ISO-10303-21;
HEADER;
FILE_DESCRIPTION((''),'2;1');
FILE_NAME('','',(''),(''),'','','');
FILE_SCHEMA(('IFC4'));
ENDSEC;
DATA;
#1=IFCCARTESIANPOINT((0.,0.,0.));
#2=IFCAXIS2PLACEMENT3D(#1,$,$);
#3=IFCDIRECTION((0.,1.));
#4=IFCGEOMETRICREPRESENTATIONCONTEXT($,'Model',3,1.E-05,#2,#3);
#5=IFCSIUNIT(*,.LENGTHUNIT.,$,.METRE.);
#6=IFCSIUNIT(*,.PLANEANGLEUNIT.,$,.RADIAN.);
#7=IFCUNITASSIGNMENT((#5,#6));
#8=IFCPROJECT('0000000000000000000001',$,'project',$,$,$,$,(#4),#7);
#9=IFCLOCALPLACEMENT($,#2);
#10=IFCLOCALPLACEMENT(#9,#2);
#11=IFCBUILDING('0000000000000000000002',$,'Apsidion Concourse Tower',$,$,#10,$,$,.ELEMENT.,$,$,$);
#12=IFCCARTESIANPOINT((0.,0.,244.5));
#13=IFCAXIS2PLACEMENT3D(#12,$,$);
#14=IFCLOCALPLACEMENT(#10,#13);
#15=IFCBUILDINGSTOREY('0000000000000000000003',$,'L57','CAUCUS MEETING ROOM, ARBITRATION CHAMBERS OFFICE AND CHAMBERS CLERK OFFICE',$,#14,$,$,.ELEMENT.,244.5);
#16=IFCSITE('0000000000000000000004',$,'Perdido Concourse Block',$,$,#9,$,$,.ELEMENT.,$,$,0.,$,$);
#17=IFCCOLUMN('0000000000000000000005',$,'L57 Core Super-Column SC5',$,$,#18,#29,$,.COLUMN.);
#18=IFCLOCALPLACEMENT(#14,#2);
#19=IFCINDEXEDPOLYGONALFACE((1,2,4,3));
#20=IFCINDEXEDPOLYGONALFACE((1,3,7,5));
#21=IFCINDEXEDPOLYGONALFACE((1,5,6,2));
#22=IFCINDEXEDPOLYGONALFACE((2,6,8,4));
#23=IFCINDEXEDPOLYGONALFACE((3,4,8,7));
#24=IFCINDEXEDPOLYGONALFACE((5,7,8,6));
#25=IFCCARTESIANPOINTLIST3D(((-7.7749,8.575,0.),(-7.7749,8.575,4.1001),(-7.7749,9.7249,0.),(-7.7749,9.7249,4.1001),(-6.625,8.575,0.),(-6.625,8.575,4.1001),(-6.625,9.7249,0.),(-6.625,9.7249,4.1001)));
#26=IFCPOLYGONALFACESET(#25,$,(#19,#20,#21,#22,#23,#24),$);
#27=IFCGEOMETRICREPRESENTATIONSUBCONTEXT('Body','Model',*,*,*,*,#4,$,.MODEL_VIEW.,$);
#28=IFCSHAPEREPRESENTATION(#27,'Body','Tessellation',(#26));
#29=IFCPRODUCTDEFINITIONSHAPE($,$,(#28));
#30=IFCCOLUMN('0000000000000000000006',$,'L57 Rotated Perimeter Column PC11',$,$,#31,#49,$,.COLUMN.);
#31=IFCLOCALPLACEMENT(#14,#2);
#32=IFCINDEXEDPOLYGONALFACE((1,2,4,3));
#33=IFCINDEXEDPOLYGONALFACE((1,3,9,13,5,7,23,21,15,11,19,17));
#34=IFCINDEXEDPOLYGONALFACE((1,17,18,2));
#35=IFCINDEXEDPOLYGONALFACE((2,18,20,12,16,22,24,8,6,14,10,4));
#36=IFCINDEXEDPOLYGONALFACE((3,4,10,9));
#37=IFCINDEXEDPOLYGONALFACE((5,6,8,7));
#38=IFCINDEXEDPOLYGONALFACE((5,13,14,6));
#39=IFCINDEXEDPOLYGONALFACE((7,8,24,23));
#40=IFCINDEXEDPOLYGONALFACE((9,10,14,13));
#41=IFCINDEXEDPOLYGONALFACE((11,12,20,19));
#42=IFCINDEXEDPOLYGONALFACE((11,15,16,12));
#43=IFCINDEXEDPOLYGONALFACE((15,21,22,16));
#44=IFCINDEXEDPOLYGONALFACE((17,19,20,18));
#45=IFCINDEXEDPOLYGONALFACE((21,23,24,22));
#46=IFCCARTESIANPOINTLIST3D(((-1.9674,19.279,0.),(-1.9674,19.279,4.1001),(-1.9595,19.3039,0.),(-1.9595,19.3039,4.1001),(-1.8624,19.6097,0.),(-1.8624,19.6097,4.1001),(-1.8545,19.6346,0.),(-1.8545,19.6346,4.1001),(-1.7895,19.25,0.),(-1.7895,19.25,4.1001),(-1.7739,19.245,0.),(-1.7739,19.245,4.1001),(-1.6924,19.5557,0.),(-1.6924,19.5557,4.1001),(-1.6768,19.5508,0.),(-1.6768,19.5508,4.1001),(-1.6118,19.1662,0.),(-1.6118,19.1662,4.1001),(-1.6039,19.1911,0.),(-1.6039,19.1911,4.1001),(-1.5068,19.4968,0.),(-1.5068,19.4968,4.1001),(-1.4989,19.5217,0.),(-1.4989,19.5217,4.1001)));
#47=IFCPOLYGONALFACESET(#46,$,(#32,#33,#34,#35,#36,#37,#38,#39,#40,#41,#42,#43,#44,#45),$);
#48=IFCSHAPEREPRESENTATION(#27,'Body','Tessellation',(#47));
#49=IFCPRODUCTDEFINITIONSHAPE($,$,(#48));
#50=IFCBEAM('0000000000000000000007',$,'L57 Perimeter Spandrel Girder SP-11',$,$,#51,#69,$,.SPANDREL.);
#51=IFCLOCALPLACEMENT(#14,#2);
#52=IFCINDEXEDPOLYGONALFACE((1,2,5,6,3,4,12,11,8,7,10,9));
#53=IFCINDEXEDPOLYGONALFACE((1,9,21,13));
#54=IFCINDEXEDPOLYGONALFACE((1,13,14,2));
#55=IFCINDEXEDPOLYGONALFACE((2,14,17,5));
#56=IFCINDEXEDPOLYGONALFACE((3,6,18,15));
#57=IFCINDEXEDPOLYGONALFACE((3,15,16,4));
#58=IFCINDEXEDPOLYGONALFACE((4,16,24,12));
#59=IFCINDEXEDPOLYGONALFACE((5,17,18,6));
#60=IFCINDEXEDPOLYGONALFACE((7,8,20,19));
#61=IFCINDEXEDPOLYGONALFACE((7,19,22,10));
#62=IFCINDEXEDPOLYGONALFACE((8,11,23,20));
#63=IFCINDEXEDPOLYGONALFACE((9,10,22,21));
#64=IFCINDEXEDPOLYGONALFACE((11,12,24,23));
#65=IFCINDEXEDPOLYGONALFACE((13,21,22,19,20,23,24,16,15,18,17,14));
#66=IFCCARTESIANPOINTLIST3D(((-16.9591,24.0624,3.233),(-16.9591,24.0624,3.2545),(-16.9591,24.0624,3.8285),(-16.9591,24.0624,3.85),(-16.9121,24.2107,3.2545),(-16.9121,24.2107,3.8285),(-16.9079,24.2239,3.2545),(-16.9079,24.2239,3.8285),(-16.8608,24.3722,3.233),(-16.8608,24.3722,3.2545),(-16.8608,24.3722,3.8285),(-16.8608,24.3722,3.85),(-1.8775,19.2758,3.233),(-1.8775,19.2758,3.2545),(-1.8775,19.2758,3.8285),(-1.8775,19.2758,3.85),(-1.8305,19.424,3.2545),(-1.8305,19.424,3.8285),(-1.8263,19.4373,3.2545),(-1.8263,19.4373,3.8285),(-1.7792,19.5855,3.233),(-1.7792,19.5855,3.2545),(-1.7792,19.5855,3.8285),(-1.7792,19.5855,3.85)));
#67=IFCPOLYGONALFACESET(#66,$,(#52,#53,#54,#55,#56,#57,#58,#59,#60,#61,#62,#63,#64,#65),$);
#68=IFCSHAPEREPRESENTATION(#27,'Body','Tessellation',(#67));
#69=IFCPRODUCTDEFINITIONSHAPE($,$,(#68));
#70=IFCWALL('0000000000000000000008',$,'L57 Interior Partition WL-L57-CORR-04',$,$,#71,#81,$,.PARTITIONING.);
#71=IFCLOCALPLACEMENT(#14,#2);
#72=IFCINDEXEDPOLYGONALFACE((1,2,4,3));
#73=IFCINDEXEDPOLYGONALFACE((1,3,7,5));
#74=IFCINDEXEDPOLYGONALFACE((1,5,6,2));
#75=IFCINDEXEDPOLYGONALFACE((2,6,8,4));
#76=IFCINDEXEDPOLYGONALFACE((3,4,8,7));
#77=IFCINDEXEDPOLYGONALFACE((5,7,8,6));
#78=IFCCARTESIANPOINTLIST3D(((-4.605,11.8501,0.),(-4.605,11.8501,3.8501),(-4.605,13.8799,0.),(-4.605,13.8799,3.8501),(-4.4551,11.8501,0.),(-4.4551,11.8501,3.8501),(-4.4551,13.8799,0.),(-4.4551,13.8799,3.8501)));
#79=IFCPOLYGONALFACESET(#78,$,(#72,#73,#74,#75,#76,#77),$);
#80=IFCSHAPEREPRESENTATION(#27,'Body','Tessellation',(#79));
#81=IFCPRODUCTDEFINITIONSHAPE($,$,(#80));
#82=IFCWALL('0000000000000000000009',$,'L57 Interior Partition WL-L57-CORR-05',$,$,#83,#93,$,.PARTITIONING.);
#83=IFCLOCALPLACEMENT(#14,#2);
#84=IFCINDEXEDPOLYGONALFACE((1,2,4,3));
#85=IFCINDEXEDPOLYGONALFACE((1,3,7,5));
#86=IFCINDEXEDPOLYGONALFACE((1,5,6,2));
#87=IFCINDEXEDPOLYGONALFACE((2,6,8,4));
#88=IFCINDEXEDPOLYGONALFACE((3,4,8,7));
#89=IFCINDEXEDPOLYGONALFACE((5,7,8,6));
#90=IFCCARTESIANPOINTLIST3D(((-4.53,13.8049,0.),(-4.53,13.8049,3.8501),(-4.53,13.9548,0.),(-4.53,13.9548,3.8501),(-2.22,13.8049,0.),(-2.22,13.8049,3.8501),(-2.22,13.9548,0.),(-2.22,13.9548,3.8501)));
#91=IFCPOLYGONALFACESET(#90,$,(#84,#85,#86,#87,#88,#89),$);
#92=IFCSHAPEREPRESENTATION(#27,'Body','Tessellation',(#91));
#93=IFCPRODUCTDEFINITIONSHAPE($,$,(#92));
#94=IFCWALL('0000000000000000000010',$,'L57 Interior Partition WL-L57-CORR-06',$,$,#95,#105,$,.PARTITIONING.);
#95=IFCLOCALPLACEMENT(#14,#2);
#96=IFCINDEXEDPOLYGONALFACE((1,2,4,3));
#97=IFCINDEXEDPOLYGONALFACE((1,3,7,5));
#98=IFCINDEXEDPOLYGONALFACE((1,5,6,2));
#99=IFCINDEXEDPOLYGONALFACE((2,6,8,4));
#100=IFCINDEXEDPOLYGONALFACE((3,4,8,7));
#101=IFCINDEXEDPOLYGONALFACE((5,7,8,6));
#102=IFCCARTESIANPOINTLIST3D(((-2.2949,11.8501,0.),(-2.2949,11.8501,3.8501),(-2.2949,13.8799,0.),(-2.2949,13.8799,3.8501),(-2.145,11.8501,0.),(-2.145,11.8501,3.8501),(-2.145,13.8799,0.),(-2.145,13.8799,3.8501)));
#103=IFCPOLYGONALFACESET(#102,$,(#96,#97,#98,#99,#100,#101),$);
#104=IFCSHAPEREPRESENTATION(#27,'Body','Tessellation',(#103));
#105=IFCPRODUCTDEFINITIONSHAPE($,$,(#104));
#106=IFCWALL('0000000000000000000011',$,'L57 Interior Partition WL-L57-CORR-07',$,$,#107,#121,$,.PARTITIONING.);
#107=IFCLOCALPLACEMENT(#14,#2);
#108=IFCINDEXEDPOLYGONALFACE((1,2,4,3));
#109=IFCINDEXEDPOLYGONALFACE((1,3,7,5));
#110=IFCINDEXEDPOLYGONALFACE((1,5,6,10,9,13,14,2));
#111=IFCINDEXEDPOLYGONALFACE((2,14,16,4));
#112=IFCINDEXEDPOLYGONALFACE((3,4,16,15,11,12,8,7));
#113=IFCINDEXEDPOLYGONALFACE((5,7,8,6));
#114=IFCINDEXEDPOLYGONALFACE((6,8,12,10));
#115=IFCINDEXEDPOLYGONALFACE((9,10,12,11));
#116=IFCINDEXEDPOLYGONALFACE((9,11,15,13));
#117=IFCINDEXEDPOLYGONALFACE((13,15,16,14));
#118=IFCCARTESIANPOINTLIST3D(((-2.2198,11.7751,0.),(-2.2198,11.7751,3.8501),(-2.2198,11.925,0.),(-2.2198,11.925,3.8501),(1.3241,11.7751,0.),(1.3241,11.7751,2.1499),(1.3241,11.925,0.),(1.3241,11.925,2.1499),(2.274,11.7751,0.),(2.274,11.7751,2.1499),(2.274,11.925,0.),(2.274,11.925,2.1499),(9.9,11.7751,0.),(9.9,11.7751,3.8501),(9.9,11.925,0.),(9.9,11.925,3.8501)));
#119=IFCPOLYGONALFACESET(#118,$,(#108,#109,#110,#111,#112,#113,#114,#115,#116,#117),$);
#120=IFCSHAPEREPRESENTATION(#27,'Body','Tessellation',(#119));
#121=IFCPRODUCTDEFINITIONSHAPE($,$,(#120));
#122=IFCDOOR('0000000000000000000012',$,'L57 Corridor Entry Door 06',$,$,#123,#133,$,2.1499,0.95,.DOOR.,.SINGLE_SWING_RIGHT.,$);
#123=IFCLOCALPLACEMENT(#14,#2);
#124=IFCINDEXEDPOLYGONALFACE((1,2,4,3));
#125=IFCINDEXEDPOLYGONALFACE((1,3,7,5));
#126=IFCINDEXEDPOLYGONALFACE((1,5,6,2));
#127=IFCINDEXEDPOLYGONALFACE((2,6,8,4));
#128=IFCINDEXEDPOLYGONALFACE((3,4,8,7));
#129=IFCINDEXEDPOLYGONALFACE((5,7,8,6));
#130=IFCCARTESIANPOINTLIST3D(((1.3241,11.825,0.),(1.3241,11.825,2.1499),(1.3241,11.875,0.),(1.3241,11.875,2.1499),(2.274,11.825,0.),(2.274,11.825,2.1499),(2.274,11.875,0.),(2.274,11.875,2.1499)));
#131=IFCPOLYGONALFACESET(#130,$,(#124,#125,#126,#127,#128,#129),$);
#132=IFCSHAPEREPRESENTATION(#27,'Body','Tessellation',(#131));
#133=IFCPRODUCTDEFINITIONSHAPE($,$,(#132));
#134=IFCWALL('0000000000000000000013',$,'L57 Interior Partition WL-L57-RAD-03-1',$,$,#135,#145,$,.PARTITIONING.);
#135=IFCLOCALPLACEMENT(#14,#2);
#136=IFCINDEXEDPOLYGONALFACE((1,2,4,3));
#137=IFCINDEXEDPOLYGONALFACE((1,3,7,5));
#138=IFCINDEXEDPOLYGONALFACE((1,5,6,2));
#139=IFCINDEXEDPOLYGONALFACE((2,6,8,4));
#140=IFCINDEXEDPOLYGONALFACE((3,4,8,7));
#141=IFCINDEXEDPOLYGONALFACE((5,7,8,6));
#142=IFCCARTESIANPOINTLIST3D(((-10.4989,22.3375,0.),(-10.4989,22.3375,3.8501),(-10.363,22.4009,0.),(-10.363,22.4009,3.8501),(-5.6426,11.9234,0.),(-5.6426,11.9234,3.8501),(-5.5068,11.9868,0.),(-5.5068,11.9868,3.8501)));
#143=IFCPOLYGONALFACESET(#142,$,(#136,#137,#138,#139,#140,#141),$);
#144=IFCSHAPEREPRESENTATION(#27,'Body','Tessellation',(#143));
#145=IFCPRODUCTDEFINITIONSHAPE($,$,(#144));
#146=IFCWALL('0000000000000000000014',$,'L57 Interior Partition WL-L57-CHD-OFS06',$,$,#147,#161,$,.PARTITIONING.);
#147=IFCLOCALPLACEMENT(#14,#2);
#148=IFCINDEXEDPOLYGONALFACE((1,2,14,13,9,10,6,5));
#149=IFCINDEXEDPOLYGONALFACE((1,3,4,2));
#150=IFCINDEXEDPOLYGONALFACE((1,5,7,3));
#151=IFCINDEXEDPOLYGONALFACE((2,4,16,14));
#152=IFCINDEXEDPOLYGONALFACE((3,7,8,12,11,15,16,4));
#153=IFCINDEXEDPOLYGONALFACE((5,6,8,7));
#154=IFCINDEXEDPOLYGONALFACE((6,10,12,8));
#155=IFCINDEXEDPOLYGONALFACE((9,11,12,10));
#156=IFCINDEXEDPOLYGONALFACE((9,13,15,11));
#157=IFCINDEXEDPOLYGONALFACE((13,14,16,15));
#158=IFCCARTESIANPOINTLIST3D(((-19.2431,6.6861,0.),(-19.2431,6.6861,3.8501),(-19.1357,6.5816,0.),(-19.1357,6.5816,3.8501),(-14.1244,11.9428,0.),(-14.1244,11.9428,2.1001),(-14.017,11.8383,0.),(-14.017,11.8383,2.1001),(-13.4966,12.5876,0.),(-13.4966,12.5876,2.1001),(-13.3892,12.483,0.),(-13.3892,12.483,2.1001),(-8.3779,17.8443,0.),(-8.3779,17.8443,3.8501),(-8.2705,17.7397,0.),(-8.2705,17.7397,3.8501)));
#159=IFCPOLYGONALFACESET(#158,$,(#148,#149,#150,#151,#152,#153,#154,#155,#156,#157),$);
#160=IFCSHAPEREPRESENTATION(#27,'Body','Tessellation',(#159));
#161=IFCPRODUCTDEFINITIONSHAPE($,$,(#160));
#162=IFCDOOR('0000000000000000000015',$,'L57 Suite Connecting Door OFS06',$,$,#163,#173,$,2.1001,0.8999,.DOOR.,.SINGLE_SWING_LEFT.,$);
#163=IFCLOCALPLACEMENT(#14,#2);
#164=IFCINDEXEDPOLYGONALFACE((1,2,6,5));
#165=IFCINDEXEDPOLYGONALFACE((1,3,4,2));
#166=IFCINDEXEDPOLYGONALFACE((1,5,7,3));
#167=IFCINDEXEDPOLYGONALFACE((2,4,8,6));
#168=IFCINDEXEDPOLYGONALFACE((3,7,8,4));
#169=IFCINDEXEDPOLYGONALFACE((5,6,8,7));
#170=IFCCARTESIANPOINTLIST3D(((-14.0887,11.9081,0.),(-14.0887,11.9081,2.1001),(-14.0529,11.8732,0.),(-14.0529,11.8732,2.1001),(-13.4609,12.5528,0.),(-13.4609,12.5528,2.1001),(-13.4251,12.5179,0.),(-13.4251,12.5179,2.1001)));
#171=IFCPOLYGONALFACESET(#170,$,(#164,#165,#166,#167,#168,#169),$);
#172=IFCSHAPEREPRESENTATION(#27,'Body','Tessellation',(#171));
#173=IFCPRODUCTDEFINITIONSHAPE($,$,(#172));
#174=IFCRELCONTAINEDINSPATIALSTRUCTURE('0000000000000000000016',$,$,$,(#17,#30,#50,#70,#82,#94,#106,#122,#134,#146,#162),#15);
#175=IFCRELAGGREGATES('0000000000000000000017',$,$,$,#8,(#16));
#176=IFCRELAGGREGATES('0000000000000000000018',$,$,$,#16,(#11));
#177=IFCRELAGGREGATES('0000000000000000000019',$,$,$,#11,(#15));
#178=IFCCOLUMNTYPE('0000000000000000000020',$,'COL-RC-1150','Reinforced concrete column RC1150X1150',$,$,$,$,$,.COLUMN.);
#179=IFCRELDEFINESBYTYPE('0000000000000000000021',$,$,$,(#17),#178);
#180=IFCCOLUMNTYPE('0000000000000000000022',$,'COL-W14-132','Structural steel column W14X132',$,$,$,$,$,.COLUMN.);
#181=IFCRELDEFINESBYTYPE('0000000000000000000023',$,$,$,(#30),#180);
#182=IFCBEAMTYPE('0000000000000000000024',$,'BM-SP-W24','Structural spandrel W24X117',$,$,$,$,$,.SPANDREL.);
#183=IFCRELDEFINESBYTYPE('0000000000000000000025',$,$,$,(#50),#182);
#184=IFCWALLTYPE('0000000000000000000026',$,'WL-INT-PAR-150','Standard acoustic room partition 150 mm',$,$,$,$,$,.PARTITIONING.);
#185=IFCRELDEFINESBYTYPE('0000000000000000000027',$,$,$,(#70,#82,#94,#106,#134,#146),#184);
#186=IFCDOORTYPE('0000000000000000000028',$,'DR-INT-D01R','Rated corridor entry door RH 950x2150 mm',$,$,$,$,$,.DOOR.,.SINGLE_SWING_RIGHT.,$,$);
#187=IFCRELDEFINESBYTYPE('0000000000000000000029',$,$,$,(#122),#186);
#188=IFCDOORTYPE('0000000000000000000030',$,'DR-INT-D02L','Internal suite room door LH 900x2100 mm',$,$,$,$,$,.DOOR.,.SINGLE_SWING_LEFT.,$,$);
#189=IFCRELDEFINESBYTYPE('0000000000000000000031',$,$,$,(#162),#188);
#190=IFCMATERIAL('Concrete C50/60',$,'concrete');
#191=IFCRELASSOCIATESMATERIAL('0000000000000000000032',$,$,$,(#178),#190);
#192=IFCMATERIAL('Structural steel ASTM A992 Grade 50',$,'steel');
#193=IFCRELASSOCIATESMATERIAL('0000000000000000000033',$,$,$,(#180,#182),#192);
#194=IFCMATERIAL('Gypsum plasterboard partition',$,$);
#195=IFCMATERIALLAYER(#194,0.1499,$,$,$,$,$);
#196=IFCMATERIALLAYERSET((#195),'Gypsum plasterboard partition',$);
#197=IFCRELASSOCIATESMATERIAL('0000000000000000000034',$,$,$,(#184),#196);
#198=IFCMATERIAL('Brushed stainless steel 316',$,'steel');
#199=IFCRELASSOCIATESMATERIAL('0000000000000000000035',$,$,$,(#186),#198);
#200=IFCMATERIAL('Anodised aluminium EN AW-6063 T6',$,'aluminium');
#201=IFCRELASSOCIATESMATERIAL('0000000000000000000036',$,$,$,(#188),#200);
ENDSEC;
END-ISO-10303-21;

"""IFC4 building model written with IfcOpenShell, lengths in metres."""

from ifc_helpers import new_model, si_unit, direction, frame, frame_2d, origin, origin_2d, place, context, subcontext, project, spatial, rectangle, i_section, extrude, material, layer, layer_set, material_profile, profile_set, type_object, element, fill, save


model = new_model("IFC4")

# Units and contexts
model_context = context("Model", 3, precision=1e-05, world=origin(), true_north=direction((0.0, 1.0)))
body_context = subcontext(model_context, "Body", "Model", "MODEL_VIEW")
ifc_project = project(units=[si_unit("LENGTHUNIT", "METRE"), si_unit("PLANEANGLEUNIT", "RADIAN")], contexts=[model_context])

# Site, building, storey
site_placement = place(None, origin())
site = spatial("IfcSite", under=ifc_project, at=site_placement, Name="Perdido Concourse Block", CompositionType="ELEMENT", RefElevation=0.0)
building_placement = place(site_placement, origin())
building = spatial("IfcBuilding", under=site, at=building_placement, Name="Apsidion Concourse Tower", CompositionType="ELEMENT")
storey_placement = place(building_placement, frame((0.0, 0.0, 244.5)))
storey = spatial("IfcBuildingStorey", under=building, at=storey_placement, Name="L57", Description="CAUCUS MEETING ROOM, ARBITRATION CHAMBERS OFFICE AND CHAMBERS CLERK OFFICE", CompositionType="ELEMENT", Elevation=244.5)

# Columns
ifc_material_1 = material(Name="Concrete C50/60", Category="concrete")
ifc_material_profile_1 = material_profile(ifc_material_1, rectangle(XDim=1.1499, YDim=1.1499, at=origin_2d()), Name="RC 1150x1150")
ifc_profile_set_1 = profile_set([ifc_material_profile_1], Name="Concrete C50/60")
column_type_1 = type_object("IfcColumnType", Name="COL-RC-1150", Description="Reinforced concrete column RC1150X1150", PredefinedType="COLUMN", material=ifc_profile_set_1)
column_1_placement = place(storey_placement, frame((-7.2, 9.1499, 0.0), z_axis=(0.0, 0.0, 1.0), x_axis=(1.0, 0.0, 0.0)))
element("IfcColumn", 1, at=column_1_placement, inside=storey, type_object=column_type_1, Name="L57 Core Super-Column SC5", PredefinedType="COLUMN", context=body_context, shape_type="SweptSolid", body=[
    extrude(rectangle(XDim=1.1499, YDim=1.1499, at=origin_2d()), origin(), (0.0, 0.0, 1.0), 4.1001),
])
ifc_material_2 = material(Name="Structural steel ASTM A992 Grade 50", Category="steel")
ifc_material_profile_2 = material_profile(ifc_material_2, i_section(OverallWidth=0.373, OverallDepth=0.373, WebThickness=0.0164, FlangeThickness=0.0261, at=origin_2d()), Name="W14X132")
ifc_profile_set_2 = profile_set([ifc_material_profile_2], Name="Structural steel ASTM A992 Grade 50")
column_type_2 = type_object("IfcColumnType", Name="COL-W14-132", Description="Structural steel column W14X132", PredefinedType="COLUMN", material=ifc_profile_set_2)
column_2_placement = place(storey_placement, frame((-1.7332, 19.4004, 0.0), z_axis=(0.0, 0.0, 1.0), x_axis=(-0.953138, 0.302536, 0.0)))
element("IfcColumn", 2, at=column_2_placement, inside=storey, type_object=column_type_2, Name="L57 Rotated Perimeter Column PC11", PredefinedType="COLUMN", context=body_context, shape_type="SweptSolid", body=[
    extrude(i_section(OverallWidth=0.373, OverallDepth=0.373, WebThickness=0.0164, FlangeThickness=0.0261, at=origin_2d()), origin(), (0.0, 0.0, 1.0), 4.1001),
])

# Beam
ifc_material_profile_3 = material_profile(ifc_material_2, i_section(OverallWidth=0.325, OverallDepth=0.6169, WebThickness=0.0139, FlangeThickness=0.0215, at=origin_2d()), Name="W24X117")
ifc_profile_set_3 = profile_set([ifc_material_profile_3], Name="Structural steel ASTM A992 Grade 50")
beam_type = type_object("IfcBeamType", Name="BM-SP-W24", Description="Structural spandrel W24X117", PredefinedType="SPANDREL", material=ifc_profile_set_3)
beam_placement = place(storey_placement, frame((-1.8284, 19.4307, 3.5415), z_axis=(-0.953146, 0.302512, 0.0), x_axis=(-0.302512, -0.953146, 0.0)))
element("IfcBeam", 3, at=beam_placement, inside=storey, type_object=beam_type, Name="L57 Perimeter Spandrel Girder SP-11", PredefinedType="SPANDREL", context=body_context, shape_type="SweptSolid", body=[
    extrude(i_section(OverallWidth=0.325, OverallDepth=0.6169, WebThickness=0.0139, FlangeThickness=0.0215, at=origin_2d()), origin(), (0.0, 0.0, 1.0), 15.823),
])

# Walls
ifc_material_3 = material(Name="Gypsum plasterboard partition")
ifc_layer_1 = layer(ifc_material_3, 0.1499)
ifc_layer_set_1 = layer_set([ifc_layer_1], Name="Gypsum plasterboard partition")
wall_type_1 = type_object("IfcWallType", Name="WL-INT-PAR-150", Description="Standard acoustic room partition 150 mm", PredefinedType="PARTITIONING", material=ifc_layer_set_1)
wall_1_placement = place(storey_placement, frame((-4.53, 11.8501, 0.0), z_axis=(0.0, 0.0, 1.0), x_axis=(0.0, 1.0, 0.0)))
element("IfcWall", 4, at=wall_1_placement, inside=storey, type_object=wall_type_1, Name="L57 Interior Partition WL-L57-CORR-04", PredefinedType="PARTITIONING", context=body_context, shape_type="SweptSolid", body=[
    extrude(rectangle(XDim=2.0298, YDim=0.1499, at=frame_2d((1.0149, 0.0))), origin(), (0.0, 0.0, 1.0), 3.8501),
])
wall_2_placement = place(storey_placement, frame((-4.53, 13.8799, 0.0), z_axis=(0.0, 0.0, 1.0), x_axis=(1.0, 0.0, 0.0)))
element("IfcWall", 5, at=wall_2_placement, inside=storey, type_object=wall_type_1, Name="L57 Interior Partition WL-L57-CORR-05", PredefinedType="PARTITIONING", context=body_context, shape_type="SweptSolid", body=[
    extrude(rectangle(XDim=2.3101, YDim=0.1499, at=frame_2d((1.155, 0.0))), origin(), (0.0, 0.0, 1.0), 3.8501),
])
wall_3_placement = place(storey_placement, frame((-2.22, 13.8799, 0.0), z_axis=(0.0, 0.0, 1.0), x_axis=(0.0, -1.0, 0.0)))
element("IfcWall", 6, at=wall_3_placement, inside=storey, type_object=wall_type_1, Name="L57 Interior Partition WL-L57-CORR-06", PredefinedType="PARTITIONING", context=body_context, shape_type="SweptSolid", body=[
    extrude(rectangle(XDim=2.0298, YDim=0.1499, at=frame_2d((1.0149, 0.0))), origin(), (0.0, 0.0, 1.0), 3.8501),
])

# Wall, opening, door
wall_4_placement = place(storey_placement, frame((-2.22, 11.8501, 0.0), z_axis=(0.0, 0.0, 1.0), x_axis=(1.0, 0.0, 0.0)))
wall_4 = element("IfcWall", 7, at=wall_4_placement, inside=storey, type_object=wall_type_1, Name="L57 Interior Partition WL-L57-CORR-07", PredefinedType="PARTITIONING", context=body_context, shape_type="SweptSolid", body=[
    extrude(rectangle(XDim=12.1199, YDim=0.1499, at=frame_2d((6.0601, 0.0))), origin(), (0.0, 0.0, 1.0), 3.8501),
])
opening_1_placement = place(wall_4_placement, frame((3.5439, 0.0, 0.0)))
opening_1 = element("IfcOpeningElement", 8, at=opening_1_placement, cuts=wall_4, PredefinedType="OPENING", context=body_context, shape_type="SweptSolid", body=[
    extrude(rectangle(XDim=0.95, YDim=2.1499, at=frame_2d((0.4751, 1.075))), frame((0.0, 0.085, 0.0), z_axis=(0.0, -1.0, 0.0), x_axis=(1.0, 0.0, 0.0)), (0.0, 0.0, 1.0), 0.1699),
])
ifc_material_4 = material(Name="Brushed stainless steel 316", Category="steel")
door_type_1 = type_object("IfcDoorType", Name="DR-INT-D01R", Description="Rated corridor entry door RH 950x2150 mm", OperationType="SINGLE_SWING_RIGHT", PredefinedType="DOOR", material=ifc_material_4)
door_1_placement = place(opening_1_placement, origin())
door_1 = element("IfcDoor", 9, at=door_1_placement, inside=storey, type_object=door_type_1, Name="L57 Corridor Entry Door 06", OperationType="SINGLE_SWING_RIGHT", OverallHeight=2.1499, OverallWidth=0.95, PredefinedType="DOOR", context=body_context, shape_type="SweptSolid", body=[
    extrude(rectangle(XDim=0.95, YDim=2.1499, at=frame_2d((0.4751, 1.075))), frame((0.0, 0.0249, 0.0), z_axis=(0.0, -1.0, 0.0), x_axis=(1.0, 0.0, 0.0)), (0.0, 0.0, 1.0), 0.05),
])
fill(opening_1, door_1)

# Wall
wall_5_placement = place(storey_placement, frame((-5.5747, 11.9551, 0.0), z_axis=(0.0, 0.0, 1.0), x_axis=(-0.422621, 0.906306, 0.0)))
element("IfcWall", 10, at=wall_5_placement, inside=storey, type_object=wall_type_1, Name="L57 Interior Partition WL-L57-RAD-03-1", PredefinedType="PARTITIONING", context=body_context, shape_type="SweptSolid", body=[
    extrude(rectangle(XDim=11.4907, YDim=0.1499, at=frame_2d((5.7454, 0.0))), origin(), (0.0, 0.0, 1.0), 3.8501),
])

# Wall, opening, door
wall_6_placement = place(storey_placement, frame((-8.3242, 17.792, 0.0), z_axis=(0.0, 0.0, 1.0), x_axis=(-0.697639, -0.71645, 0.0)))
wall_6 = element("IfcWall", 11, at=wall_6_placement, inside=storey, type_object=wall_type_1, Name="L57 Interior Partition WL-L57-CHD-OFS06", PredefinedType="PARTITIONING", context=body_context, shape_type="SweptSolid", body=[
    extrude(rectangle(XDim=15.5742, YDim=0.1499, at=frame_2d((7.7871, 0.0))), origin(), (0.0, 0.0, 1.0), 3.8501),
])
opening_2_placement = place(wall_6_placement, frame((7.3372, 0.0, 0.0)))
opening_2 = element("IfcOpeningElement", 12, at=opening_2_placement, cuts=wall_6, PredefinedType="OPENING", context=body_context, shape_type="SweptSolid", body=[
    extrude(rectangle(XDim=0.8999, YDim=2.1001, at=frame_2d((0.45, 1.05))), frame((0.0, 0.085, 0.0), z_axis=(0.0, -1.0, 0.0), x_axis=(1.0, 0.0, 0.0)), (0.0, 0.0, 1.0), 0.1699),
])
ifc_material_5 = material(Name="Anodised aluminium EN AW-6063 T6", Category="aluminium")
door_type_2 = type_object("IfcDoorType", Name="DR-INT-D02L", Description="Internal suite room door LH 900x2100 mm", OperationType="SINGLE_SWING_LEFT", PredefinedType="DOOR", material=ifc_material_5)
door_2_placement = place(opening_2_placement, origin())
door_2 = element("IfcDoor", 13, at=door_2_placement, inside=storey, type_object=door_type_2, Name="L57 Suite Connecting Door OFS06", OperationType="SINGLE_SWING_LEFT", OverallHeight=2.1001, OverallWidth=0.8999, PredefinedType="DOOR", context=body_context, shape_type="SweptSolid", body=[
    extrude(rectangle(XDim=0.8999, YDim=2.1001, at=frame_2d((0.45, 1.05))), frame((0.0, 0.0249, 0.0), z_axis=(0.0, -1.0, 0.0), x_axis=(1.0, 0.0, 0.0)), (0.0, 0.0, 1.0), 0.05),
])
fill(opening_2, door_2)

save(model, "model.ifc")
